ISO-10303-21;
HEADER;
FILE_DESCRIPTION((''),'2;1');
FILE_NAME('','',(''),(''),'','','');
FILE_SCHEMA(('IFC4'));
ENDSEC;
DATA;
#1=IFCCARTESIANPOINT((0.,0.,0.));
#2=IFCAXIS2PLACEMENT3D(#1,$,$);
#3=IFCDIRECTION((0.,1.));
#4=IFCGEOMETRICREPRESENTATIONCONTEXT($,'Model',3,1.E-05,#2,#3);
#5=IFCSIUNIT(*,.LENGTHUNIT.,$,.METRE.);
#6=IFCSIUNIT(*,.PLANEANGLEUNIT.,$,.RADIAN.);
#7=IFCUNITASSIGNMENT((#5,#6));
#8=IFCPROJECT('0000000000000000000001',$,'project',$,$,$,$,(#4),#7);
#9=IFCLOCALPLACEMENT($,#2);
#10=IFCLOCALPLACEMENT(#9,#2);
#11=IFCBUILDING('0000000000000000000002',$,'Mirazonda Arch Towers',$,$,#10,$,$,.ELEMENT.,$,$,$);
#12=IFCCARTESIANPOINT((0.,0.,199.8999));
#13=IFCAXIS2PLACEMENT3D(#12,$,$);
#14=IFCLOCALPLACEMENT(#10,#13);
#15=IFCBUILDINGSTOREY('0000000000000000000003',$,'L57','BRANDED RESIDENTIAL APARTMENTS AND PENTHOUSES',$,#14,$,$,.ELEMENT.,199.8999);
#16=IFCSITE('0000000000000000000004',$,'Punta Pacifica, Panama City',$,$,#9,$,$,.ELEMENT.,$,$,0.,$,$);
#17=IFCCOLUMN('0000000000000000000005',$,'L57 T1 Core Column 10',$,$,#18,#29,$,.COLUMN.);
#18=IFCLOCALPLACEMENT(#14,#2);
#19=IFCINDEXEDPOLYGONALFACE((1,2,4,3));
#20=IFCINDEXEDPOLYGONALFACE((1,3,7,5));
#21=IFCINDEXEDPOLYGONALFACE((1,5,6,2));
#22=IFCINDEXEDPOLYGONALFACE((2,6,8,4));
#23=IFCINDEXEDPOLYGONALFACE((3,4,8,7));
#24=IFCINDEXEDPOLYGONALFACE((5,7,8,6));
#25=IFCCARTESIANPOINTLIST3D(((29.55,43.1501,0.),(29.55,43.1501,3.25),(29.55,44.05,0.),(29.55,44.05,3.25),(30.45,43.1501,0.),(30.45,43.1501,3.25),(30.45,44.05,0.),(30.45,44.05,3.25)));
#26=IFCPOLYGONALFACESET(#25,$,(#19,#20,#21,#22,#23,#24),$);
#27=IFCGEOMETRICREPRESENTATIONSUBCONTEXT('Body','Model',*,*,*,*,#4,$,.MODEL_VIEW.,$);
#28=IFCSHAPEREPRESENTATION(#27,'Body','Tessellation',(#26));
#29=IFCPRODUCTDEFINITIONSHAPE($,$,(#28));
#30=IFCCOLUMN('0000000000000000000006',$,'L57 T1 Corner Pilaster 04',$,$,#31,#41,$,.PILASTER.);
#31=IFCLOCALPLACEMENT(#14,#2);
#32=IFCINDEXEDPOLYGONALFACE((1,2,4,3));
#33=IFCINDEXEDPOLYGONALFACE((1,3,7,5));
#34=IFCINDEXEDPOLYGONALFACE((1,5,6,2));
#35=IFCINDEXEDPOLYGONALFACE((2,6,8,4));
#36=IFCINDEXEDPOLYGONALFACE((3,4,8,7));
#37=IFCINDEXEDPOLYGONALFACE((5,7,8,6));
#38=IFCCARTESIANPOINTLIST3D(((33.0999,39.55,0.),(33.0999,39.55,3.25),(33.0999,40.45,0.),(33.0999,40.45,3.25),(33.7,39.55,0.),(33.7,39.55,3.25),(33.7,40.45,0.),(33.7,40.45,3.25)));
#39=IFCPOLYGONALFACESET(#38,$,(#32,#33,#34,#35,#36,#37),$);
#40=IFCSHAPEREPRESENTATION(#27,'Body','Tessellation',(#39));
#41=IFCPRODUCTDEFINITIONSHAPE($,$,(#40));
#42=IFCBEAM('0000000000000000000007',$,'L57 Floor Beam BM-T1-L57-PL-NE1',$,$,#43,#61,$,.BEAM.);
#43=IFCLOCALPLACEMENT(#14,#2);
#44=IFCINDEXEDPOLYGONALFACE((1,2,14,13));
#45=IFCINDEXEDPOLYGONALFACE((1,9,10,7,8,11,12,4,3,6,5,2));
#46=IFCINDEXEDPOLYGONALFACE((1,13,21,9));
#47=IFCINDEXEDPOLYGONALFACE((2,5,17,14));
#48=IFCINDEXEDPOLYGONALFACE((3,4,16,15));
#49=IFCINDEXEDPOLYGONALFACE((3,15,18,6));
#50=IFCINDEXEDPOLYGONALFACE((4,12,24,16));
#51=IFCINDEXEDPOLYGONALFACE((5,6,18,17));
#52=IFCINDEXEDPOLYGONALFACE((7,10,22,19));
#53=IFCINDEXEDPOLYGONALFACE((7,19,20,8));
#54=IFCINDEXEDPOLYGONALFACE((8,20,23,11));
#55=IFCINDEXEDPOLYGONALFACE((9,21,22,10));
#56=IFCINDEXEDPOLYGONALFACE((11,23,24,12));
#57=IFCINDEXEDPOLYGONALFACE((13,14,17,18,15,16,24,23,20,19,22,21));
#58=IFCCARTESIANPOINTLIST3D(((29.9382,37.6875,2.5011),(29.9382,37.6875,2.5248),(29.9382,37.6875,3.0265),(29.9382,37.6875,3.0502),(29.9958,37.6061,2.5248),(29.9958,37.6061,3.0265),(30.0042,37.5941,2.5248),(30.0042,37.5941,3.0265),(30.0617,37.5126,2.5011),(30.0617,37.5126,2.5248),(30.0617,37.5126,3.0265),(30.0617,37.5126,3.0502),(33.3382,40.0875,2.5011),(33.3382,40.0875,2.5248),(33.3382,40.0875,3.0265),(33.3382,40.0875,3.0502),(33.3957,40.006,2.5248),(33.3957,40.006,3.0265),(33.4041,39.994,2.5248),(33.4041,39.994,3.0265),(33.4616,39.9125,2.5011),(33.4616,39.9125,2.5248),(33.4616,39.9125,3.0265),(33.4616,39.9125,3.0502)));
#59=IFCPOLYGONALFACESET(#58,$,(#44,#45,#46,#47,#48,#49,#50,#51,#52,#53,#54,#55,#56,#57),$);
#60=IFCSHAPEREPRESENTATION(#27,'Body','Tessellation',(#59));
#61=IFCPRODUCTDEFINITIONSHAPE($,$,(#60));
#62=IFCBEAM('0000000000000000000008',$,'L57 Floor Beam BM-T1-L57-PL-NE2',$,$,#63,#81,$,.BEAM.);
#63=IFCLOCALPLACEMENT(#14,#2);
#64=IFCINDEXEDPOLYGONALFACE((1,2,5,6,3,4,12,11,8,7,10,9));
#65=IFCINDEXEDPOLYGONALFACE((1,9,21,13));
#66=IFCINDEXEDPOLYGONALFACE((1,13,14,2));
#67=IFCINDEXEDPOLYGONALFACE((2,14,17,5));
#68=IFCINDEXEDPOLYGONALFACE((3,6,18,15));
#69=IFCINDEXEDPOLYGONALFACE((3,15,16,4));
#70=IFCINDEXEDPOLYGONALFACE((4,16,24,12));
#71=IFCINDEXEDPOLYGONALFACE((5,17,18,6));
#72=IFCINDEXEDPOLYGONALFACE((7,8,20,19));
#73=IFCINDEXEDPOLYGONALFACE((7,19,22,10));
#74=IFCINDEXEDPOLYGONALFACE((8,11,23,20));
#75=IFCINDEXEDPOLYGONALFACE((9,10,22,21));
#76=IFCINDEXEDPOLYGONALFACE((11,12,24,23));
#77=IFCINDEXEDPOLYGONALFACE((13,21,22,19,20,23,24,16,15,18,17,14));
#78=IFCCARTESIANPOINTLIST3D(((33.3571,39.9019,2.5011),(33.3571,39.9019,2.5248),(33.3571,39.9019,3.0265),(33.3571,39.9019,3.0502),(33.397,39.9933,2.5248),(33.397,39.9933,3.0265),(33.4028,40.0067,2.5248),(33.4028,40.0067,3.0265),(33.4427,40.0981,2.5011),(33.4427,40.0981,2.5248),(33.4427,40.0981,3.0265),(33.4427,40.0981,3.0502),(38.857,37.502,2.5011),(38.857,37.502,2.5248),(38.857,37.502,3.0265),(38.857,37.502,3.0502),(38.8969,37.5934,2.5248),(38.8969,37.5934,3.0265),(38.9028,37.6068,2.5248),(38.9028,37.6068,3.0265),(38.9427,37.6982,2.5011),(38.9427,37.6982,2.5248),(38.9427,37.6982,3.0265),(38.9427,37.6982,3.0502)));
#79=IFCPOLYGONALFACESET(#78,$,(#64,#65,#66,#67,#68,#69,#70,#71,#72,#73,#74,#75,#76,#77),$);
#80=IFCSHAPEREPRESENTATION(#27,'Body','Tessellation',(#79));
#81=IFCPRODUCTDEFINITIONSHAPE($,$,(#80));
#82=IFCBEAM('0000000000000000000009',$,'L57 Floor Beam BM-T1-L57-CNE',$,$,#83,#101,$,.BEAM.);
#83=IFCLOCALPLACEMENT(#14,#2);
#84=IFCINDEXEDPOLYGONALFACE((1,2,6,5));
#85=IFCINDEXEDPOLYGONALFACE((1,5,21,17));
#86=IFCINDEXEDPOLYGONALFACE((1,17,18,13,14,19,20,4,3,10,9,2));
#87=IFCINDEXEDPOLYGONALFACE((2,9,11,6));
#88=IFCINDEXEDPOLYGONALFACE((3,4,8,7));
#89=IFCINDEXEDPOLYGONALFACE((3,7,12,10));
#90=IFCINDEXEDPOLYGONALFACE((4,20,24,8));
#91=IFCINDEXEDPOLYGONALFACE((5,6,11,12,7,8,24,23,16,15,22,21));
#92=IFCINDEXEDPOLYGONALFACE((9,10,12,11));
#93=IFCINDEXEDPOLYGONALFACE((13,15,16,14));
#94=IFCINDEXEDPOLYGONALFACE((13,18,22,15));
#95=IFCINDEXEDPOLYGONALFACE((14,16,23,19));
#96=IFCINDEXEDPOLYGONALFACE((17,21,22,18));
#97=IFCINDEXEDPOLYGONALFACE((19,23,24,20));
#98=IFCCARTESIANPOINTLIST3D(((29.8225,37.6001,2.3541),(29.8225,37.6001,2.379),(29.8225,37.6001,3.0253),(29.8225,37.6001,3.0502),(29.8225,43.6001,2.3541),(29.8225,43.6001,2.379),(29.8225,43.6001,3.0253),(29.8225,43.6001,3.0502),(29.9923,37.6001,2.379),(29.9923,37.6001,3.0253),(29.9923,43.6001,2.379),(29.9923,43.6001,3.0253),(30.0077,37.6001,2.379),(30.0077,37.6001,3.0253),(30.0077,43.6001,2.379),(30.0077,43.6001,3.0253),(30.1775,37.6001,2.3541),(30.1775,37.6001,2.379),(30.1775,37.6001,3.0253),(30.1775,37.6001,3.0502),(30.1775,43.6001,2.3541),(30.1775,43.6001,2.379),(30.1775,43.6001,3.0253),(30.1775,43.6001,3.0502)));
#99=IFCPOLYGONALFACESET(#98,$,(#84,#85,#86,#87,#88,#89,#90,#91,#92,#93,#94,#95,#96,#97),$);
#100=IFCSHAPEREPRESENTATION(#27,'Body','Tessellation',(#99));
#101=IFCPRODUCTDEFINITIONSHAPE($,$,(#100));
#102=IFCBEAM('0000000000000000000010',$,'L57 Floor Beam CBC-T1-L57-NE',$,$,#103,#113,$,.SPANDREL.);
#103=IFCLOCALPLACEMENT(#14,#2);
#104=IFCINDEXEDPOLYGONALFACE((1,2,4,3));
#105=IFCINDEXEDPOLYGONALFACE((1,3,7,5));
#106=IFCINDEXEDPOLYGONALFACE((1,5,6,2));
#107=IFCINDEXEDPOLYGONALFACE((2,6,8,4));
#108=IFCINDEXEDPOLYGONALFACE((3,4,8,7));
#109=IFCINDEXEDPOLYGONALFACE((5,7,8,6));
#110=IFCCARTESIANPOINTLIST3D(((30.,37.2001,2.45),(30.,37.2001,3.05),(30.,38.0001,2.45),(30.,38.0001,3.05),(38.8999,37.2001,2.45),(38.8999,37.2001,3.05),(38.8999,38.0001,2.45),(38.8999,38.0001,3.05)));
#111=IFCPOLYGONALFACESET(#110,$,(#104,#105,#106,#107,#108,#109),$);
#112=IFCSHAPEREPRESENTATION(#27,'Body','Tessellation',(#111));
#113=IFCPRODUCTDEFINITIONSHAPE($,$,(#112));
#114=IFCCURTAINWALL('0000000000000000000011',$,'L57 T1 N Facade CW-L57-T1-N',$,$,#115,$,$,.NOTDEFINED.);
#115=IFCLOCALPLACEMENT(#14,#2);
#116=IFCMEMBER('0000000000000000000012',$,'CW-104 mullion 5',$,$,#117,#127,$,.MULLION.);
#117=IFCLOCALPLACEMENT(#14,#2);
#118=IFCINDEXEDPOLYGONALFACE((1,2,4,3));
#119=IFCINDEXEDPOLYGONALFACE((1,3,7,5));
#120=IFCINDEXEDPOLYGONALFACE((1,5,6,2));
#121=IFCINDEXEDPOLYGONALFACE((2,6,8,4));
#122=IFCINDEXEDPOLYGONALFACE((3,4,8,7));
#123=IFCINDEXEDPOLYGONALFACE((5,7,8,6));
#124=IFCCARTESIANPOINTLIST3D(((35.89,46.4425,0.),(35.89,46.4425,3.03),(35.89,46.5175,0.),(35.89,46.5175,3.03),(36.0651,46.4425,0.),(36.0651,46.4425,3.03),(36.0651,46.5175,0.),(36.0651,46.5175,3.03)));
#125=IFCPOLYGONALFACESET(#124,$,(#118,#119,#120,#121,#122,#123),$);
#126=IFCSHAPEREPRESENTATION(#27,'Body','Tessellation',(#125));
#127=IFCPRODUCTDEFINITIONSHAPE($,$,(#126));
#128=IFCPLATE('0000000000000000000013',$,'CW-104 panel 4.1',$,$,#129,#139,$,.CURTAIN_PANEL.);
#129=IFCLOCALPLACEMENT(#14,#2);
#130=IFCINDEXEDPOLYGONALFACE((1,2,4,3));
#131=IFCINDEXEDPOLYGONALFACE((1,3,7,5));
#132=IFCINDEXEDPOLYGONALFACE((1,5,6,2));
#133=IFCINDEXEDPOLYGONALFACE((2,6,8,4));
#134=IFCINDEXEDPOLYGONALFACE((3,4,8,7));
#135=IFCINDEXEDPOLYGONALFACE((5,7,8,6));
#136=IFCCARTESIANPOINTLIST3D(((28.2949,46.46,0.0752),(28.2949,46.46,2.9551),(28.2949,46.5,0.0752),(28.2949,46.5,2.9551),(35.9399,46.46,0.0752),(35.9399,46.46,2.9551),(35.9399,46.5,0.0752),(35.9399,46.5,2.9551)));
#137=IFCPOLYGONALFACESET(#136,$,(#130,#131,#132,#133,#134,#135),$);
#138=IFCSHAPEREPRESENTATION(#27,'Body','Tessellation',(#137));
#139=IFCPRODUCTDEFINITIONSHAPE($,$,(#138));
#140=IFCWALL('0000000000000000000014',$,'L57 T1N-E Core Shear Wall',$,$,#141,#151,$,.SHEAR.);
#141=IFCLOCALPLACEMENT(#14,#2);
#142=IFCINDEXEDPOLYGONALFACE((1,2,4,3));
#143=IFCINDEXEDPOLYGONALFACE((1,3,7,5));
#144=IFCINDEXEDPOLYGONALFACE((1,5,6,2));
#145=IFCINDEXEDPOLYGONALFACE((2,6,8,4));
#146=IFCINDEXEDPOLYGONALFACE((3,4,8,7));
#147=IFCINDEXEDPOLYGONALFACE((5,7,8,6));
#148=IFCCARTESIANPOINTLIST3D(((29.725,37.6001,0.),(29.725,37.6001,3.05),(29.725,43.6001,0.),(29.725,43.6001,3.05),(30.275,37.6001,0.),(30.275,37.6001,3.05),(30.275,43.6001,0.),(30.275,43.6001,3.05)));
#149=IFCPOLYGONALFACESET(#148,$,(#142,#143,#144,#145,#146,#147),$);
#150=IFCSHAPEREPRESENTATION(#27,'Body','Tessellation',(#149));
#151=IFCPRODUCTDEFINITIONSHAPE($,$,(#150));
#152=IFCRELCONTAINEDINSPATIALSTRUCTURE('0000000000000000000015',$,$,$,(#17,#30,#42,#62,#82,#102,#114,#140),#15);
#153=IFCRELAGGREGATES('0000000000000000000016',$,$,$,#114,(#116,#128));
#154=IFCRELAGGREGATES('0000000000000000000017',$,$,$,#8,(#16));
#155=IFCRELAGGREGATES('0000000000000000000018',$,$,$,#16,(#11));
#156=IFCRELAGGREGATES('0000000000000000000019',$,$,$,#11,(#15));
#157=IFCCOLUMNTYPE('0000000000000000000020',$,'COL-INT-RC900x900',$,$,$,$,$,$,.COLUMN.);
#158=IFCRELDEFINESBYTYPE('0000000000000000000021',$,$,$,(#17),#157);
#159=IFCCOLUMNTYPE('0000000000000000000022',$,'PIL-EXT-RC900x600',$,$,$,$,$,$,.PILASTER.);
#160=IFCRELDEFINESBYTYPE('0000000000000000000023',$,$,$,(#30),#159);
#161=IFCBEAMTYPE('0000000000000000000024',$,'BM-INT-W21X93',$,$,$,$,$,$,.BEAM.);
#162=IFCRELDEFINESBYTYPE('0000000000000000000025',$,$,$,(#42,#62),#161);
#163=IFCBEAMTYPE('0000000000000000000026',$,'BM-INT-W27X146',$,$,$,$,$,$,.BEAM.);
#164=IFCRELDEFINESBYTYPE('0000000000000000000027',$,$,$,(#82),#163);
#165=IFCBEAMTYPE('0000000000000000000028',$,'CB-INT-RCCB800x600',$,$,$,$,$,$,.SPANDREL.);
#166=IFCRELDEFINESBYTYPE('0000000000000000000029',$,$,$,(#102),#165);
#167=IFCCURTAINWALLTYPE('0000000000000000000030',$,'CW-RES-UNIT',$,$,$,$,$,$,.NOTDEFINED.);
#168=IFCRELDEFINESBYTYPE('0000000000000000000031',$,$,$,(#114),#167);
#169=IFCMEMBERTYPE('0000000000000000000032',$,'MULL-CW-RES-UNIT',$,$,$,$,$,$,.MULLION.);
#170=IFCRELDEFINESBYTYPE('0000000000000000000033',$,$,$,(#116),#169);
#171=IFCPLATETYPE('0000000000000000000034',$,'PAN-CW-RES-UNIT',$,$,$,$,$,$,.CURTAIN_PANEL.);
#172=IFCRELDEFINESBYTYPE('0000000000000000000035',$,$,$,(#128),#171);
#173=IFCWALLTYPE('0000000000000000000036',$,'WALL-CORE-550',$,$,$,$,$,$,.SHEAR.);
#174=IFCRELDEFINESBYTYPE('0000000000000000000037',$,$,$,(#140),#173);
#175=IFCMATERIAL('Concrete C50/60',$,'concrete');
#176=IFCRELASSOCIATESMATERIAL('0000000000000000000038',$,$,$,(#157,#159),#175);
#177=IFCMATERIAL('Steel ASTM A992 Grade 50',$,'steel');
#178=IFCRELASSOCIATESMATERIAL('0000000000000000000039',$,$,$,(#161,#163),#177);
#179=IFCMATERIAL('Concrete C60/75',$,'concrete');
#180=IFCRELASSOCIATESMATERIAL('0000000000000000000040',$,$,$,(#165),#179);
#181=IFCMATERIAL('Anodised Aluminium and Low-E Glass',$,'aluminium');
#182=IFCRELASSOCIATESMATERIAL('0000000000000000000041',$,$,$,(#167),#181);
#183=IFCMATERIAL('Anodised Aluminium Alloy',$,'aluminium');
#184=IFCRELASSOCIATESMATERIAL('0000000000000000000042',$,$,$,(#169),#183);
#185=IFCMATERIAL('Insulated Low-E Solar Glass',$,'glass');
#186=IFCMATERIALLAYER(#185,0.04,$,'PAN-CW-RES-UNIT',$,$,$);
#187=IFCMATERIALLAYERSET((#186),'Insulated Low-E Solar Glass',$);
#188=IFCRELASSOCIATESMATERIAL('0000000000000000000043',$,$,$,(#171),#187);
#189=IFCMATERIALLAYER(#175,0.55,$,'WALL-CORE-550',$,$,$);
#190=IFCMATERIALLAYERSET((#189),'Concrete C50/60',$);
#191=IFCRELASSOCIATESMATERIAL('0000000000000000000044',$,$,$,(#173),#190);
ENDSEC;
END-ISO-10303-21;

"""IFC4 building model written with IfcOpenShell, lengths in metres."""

from ifc_helpers import new_model, si_unit, direction, frame, frame_2d, origin, origin_2d, place, context, subcontext, project, spatial, rectangle, i_section, extrude, material, layer, layer_set, material_profile, profile_set, type_object, element, aggregate, save


model = new_model("IFC4")

# Units and contexts
model_context = context("Model", 3, precision=1e-05, world=origin(), true_north=direction((0.0, 1.0)))
body_context = subcontext(model_context, "Body", "Model", "MODEL_VIEW")
ifc_project = project(units=[si_unit("LENGTHUNIT", "METRE"), si_unit("PLANEANGLEUNIT", "RADIAN")], contexts=[model_context])

# Site, building, storey
site_placement = place(None, origin())
site = spatial("IfcSite", under=ifc_project, at=site_placement, Name="Punta Pacifica, Panama City", CompositionType="ELEMENT", RefElevation=0.0)
building_placement = place(site_placement, origin())
building = spatial("IfcBuilding", under=site, at=building_placement, Name="Mirazonda Arch Towers", CompositionType="ELEMENT")
storey_placement = place(building_placement, frame((0.0, 0.0, 199.8999)))
storey = spatial("IfcBuildingStorey", under=building, at=storey_placement, Name="L57", Description="BRANDED RESIDENTIAL APARTMENTS AND PENTHOUSES", CompositionType="ELEMENT", Elevation=199.8999)

# Columns
ifc_material_1 = material(Name="Concrete C50/60", Category="concrete")
ifc_material_profile_1 = material_profile(ifc_material_1, rectangle(XDim=0.8999, YDim=0.8999, at=origin_2d()), Name="RC900x900")
ifc_profile_set_1 = profile_set([ifc_material_profile_1], Name="Concrete C50/60")
column_type_1 = type_object("IfcColumnType", Name="COL-INT-RC900x900", PredefinedType="COLUMN", material=ifc_profile_set_1)
column_1_placement = place(storey_placement, frame((30.0, 43.6001, 0.0), z_axis=(0.0, 0.0, 1.0), x_axis=(1.0, 0.0, 0.0)))
element("IfcColumn", 1, at=column_1_placement, inside=storey, type_object=column_type_1, Name="L57 T1 Core Column 10", PredefinedType="COLUMN", context=body_context, shape_type="SweptSolid", body=[
    extrude(rectangle(XDim=0.8999, YDim=0.8999, at=origin_2d()), origin(), (0.0, 0.0, 1.0), 3.25),
])
ifc_material_profile_2 = material_profile(ifc_material_1, rectangle(XDim=0.6001, YDim=0.8999, at=origin_2d()), Name="RC900x600")
ifc_profile_set_2 = profile_set([ifc_material_profile_2], Name="Concrete C50/60")
column_type_2 = type_object("IfcColumnType", Name="PIL-EXT-RC900x600", PredefinedType="PILASTER", material=ifc_profile_set_2)
column_2_placement = place(storey_placement, frame((33.3999, 40.0, 0.0), z_axis=(0.0, 0.0, 1.0), x_axis=(1.0, 0.0, 0.0)))
element("IfcColumn", 2, at=column_2_placement, inside=storey, type_object=column_type_2, Name="L57 T1 Corner Pilaster 04", PredefinedType="PILASTER", context=body_context, shape_type="SweptSolid", body=[
    extrude(rectangle(XDim=0.6001, YDim=0.8999, at=origin_2d()), origin(), (0.0, 0.0, 1.0), 3.25),
])

# Beams
ifc_material_2 = material(Name="Steel ASTM A992 Grade 50", Category="steel")
ifc_material_profile_3 = material_profile(ifc_material_2, i_section(OverallWidth=0.2141, OverallDepth=0.5491, WebThickness=0.0146, FlangeThickness=0.0237, at=origin_2d()), Name="W21X93")
ifc_profile_set_3 = profile_set([ifc_material_profile_3], Name="Steel ASTM A992 Grade 50")
beam_type_1 = type_object("IfcBeamType", Name="BM-INT-W21X93", PredefinedType="BEAM", material=ifc_profile_set_3)
beam_1_placement = place(storey_placement, frame((33.3999, 40.0, 2.7756), z_axis=(-0.816971, -0.576679, 0.0), x_axis=(0.576679, -0.816971, 0.0)))
element("IfcBeam", 3, at=beam_1_placement, inside=storey, type_object=beam_type_1, Name="L57 Floor Beam BM-T1-L57-PL-NE1", PredefinedType="BEAM", context=body_context, shape_type="SweptSolid", body=[
    extrude(i_section(OverallWidth=0.2141, OverallDepth=0.5491, WebThickness=0.0146, FlangeThickness=0.0237, at=origin_2d()), origin(), (0.0, 0.0, 1.0), 4.1616),
])
beam_2_placement = place(storey_placement, frame((33.3999, 40.0, 2.7756), z_axis=(0.916545, -0.399931, 0.0), x_axis=(0.399931, 0.916545, 0.0)))
element("IfcBeam", 4, at=beam_2_placement, inside=storey, type_object=beam_type_1, Name="L57 Floor Beam BM-T1-L57-PL-NE2", PredefinedType="BEAM", context=body_context, shape_type="SweptSolid", body=[
    extrude(i_section(OverallWidth=0.2141, OverallDepth=0.5491, WebThickness=0.0146, FlangeThickness=0.0237, at=origin_2d()), origin(), (0.0, 0.0, 1.0), 6.0007),
])
ifc_material_profile_4 = material_profile(ifc_material_2, i_section(OverallWidth=0.355, OverallDepth=0.696, WebThickness=0.0154, FlangeThickness=0.0249, at=origin_2d()), Name="W27X146")
ifc_profile_set_4 = profile_set([ifc_material_profile_4], Name="Steel ASTM A992 Grade 50")
beam_type_2 = type_object("IfcBeamType", Name="BM-INT-W27X146", PredefinedType="BEAM", material=ifc_profile_set_4)
beam_3_placement = place(storey_placement, frame((30.0, 37.6001, 2.7021), z_axis=(0.0, 1.0, 0.0), x_axis=(-1.0, 0.0, 0.0)))
element("IfcBeam", 5, at=beam_3_placement, inside=storey, type_object=beam_type_2, Name="L57 Floor Beam BM-T1-L57-CNE", PredefinedType="BEAM", context=body_context, shape_type="SweptSolid", body=[
    extrude(i_section(OverallWidth=0.355, OverallDepth=0.696, WebThickness=0.0154, FlangeThickness=0.0249, at=origin_2d()), origin(), (0.0, 0.0, 1.0), 6.0),
])
ifc_material_3 = material(Name="Concrete C60/75", Category="concrete")
ifc_material_profile_5 = material_profile(ifc_material_3, rectangle(XDim=0.8, YDim=0.6001, at=origin_2d()), Name="RCCB800x600")
ifc_profile_set_5 = profile_set([ifc_material_profile_5], Name="Concrete C60/75")
beam_type_3 = type_object("IfcBeamType", Name="CB-INT-RCCB800x600", PredefinedType="SPANDREL", material=ifc_profile_set_5)
beam_4_placement = place(storey_placement, frame((30.0, 37.6001, 2.75), z_axis=(1.0, 0.0, 0.0), x_axis=(0.0, 1.0, 0.0)))
element("IfcBeam", 6, at=beam_4_placement, inside=storey, type_object=beam_type_3, Name="L57 Floor Beam CBC-T1-L57-NE", PredefinedType="SPANDREL", context=body_context, shape_type="SweptSolid", body=[
    extrude(rectangle(XDim=0.8, YDim=0.6001, at=origin_2d()), origin(), (0.0, 0.0, 1.0), 8.8999),
])

# Curtain wall, member, plate
ifc_material_4 = material(Name="Anodised Aluminium and Low-E Glass", Category="aluminium")
curtain_wall_type = type_object("IfcCurtainWallType", Name="CW-RES-UNIT", PredefinedType="NOTDEFINED", material=ifc_material_4)
curtain_wall_placement = place(storey_placement, origin())
curtain_wall = element("IfcCurtainWall", 7, at=curtain_wall_placement, inside=storey, type_object=curtain_wall_type, Name="L57 T1 N Facade CW-L57-T1-N", PredefinedType="NOTDEFINED")
ifc_material_5 = material(Name="Anodised Aluminium Alloy", Category="aluminium")
ifc_material_profile_6 = material_profile(ifc_material_5, rectangle(XDim=0.075, YDim=0.175, at=origin_2d()), Name="ALU-MULL-75x175")
ifc_profile_set_6 = profile_set([ifc_material_profile_6], Name="Anodised Aluminium Alloy")
member_type = type_object("IfcMemberType", Name="MULL-CW-RES-UNIT", PredefinedType="MULLION", material=ifc_profile_set_6)
member_placement = place(storey_placement, frame((35.9775, 46.48, 0.0), z_axis=(0.0, 0.0, 1.0), x_axis=(0.0, 1.0, 0.0)))
member = element("IfcMember", 8, at=member_placement, type_object=member_type, Name="CW-104 mullion 5", PredefinedType="MULLION", context=body_context, shape_type="SweptSolid", body=[
    extrude(rectangle(XDim=0.075, YDim=0.175, at=origin_2d()), origin(), (0.0, 0.0, 1.0), 3.03),
])
ifc_material_6 = material(Name="Insulated Low-E Solar Glass", Category="glass")
ifc_layer_1 = layer(ifc_material_6, 0.04, Name="PAN-CW-RES-UNIT")
ifc_layer_set_1 = layer_set([ifc_layer_1], Name="Insulated Low-E Solar Glass")
plate_type = type_object("IfcPlateType", Name="PAN-CW-RES-UNIT", PredefinedType="CURTAIN_PANEL", material=ifc_layer_set_1)
plate_placement = place(storey_placement, frame((32.1174, 46.48, 0.0752), z_axis=(0.0, 0.0, 1.0), x_axis=(1.0, 0.0, 0.0)))
plate = element("IfcPlate", 9, at=plate_placement, type_object=plate_type, Name="CW-104 panel 4.1", PredefinedType="CURTAIN_PANEL", context=body_context, shape_type="SweptSolid", body=[
    extrude(rectangle(XDim=7.645, YDim=0.04, at=origin_2d()), origin(), (0.0, 0.0, 1.0), 2.8799),
])
aggregate(curtain_wall, [member, plate])

# Wall
ifc_layer_2 = layer(ifc_material_1, 0.55, Name="WALL-CORE-550")
ifc_layer_set_2 = layer_set([ifc_layer_2], Name="Concrete C50/60")
wall_type_1 = type_object("IfcWallType", Name="WALL-CORE-550", PredefinedType="SHEAR", material=ifc_layer_set_2)
wall_1_placement = place(storey_placement, frame((30.0, 37.6001, 0.0), z_axis=(0.0, 0.0, 1.0), x_axis=(0.0, 1.0, 0.0)))
element("IfcWall", 10, at=wall_1_placement, inside=storey, type_object=wall_type_1, Name="L57 T1N-E Core Shear Wall", PredefinedType="SHEAR", context=body_context, shape_type="SweptSolid", body=[
    extrude(rectangle(XDim=6.0, YDim=0.55, at=frame_2d((3.0, 0.0))), origin(), (0.0, 0.0, 1.0), 3.05),
])

save(model, "model.ifc")
